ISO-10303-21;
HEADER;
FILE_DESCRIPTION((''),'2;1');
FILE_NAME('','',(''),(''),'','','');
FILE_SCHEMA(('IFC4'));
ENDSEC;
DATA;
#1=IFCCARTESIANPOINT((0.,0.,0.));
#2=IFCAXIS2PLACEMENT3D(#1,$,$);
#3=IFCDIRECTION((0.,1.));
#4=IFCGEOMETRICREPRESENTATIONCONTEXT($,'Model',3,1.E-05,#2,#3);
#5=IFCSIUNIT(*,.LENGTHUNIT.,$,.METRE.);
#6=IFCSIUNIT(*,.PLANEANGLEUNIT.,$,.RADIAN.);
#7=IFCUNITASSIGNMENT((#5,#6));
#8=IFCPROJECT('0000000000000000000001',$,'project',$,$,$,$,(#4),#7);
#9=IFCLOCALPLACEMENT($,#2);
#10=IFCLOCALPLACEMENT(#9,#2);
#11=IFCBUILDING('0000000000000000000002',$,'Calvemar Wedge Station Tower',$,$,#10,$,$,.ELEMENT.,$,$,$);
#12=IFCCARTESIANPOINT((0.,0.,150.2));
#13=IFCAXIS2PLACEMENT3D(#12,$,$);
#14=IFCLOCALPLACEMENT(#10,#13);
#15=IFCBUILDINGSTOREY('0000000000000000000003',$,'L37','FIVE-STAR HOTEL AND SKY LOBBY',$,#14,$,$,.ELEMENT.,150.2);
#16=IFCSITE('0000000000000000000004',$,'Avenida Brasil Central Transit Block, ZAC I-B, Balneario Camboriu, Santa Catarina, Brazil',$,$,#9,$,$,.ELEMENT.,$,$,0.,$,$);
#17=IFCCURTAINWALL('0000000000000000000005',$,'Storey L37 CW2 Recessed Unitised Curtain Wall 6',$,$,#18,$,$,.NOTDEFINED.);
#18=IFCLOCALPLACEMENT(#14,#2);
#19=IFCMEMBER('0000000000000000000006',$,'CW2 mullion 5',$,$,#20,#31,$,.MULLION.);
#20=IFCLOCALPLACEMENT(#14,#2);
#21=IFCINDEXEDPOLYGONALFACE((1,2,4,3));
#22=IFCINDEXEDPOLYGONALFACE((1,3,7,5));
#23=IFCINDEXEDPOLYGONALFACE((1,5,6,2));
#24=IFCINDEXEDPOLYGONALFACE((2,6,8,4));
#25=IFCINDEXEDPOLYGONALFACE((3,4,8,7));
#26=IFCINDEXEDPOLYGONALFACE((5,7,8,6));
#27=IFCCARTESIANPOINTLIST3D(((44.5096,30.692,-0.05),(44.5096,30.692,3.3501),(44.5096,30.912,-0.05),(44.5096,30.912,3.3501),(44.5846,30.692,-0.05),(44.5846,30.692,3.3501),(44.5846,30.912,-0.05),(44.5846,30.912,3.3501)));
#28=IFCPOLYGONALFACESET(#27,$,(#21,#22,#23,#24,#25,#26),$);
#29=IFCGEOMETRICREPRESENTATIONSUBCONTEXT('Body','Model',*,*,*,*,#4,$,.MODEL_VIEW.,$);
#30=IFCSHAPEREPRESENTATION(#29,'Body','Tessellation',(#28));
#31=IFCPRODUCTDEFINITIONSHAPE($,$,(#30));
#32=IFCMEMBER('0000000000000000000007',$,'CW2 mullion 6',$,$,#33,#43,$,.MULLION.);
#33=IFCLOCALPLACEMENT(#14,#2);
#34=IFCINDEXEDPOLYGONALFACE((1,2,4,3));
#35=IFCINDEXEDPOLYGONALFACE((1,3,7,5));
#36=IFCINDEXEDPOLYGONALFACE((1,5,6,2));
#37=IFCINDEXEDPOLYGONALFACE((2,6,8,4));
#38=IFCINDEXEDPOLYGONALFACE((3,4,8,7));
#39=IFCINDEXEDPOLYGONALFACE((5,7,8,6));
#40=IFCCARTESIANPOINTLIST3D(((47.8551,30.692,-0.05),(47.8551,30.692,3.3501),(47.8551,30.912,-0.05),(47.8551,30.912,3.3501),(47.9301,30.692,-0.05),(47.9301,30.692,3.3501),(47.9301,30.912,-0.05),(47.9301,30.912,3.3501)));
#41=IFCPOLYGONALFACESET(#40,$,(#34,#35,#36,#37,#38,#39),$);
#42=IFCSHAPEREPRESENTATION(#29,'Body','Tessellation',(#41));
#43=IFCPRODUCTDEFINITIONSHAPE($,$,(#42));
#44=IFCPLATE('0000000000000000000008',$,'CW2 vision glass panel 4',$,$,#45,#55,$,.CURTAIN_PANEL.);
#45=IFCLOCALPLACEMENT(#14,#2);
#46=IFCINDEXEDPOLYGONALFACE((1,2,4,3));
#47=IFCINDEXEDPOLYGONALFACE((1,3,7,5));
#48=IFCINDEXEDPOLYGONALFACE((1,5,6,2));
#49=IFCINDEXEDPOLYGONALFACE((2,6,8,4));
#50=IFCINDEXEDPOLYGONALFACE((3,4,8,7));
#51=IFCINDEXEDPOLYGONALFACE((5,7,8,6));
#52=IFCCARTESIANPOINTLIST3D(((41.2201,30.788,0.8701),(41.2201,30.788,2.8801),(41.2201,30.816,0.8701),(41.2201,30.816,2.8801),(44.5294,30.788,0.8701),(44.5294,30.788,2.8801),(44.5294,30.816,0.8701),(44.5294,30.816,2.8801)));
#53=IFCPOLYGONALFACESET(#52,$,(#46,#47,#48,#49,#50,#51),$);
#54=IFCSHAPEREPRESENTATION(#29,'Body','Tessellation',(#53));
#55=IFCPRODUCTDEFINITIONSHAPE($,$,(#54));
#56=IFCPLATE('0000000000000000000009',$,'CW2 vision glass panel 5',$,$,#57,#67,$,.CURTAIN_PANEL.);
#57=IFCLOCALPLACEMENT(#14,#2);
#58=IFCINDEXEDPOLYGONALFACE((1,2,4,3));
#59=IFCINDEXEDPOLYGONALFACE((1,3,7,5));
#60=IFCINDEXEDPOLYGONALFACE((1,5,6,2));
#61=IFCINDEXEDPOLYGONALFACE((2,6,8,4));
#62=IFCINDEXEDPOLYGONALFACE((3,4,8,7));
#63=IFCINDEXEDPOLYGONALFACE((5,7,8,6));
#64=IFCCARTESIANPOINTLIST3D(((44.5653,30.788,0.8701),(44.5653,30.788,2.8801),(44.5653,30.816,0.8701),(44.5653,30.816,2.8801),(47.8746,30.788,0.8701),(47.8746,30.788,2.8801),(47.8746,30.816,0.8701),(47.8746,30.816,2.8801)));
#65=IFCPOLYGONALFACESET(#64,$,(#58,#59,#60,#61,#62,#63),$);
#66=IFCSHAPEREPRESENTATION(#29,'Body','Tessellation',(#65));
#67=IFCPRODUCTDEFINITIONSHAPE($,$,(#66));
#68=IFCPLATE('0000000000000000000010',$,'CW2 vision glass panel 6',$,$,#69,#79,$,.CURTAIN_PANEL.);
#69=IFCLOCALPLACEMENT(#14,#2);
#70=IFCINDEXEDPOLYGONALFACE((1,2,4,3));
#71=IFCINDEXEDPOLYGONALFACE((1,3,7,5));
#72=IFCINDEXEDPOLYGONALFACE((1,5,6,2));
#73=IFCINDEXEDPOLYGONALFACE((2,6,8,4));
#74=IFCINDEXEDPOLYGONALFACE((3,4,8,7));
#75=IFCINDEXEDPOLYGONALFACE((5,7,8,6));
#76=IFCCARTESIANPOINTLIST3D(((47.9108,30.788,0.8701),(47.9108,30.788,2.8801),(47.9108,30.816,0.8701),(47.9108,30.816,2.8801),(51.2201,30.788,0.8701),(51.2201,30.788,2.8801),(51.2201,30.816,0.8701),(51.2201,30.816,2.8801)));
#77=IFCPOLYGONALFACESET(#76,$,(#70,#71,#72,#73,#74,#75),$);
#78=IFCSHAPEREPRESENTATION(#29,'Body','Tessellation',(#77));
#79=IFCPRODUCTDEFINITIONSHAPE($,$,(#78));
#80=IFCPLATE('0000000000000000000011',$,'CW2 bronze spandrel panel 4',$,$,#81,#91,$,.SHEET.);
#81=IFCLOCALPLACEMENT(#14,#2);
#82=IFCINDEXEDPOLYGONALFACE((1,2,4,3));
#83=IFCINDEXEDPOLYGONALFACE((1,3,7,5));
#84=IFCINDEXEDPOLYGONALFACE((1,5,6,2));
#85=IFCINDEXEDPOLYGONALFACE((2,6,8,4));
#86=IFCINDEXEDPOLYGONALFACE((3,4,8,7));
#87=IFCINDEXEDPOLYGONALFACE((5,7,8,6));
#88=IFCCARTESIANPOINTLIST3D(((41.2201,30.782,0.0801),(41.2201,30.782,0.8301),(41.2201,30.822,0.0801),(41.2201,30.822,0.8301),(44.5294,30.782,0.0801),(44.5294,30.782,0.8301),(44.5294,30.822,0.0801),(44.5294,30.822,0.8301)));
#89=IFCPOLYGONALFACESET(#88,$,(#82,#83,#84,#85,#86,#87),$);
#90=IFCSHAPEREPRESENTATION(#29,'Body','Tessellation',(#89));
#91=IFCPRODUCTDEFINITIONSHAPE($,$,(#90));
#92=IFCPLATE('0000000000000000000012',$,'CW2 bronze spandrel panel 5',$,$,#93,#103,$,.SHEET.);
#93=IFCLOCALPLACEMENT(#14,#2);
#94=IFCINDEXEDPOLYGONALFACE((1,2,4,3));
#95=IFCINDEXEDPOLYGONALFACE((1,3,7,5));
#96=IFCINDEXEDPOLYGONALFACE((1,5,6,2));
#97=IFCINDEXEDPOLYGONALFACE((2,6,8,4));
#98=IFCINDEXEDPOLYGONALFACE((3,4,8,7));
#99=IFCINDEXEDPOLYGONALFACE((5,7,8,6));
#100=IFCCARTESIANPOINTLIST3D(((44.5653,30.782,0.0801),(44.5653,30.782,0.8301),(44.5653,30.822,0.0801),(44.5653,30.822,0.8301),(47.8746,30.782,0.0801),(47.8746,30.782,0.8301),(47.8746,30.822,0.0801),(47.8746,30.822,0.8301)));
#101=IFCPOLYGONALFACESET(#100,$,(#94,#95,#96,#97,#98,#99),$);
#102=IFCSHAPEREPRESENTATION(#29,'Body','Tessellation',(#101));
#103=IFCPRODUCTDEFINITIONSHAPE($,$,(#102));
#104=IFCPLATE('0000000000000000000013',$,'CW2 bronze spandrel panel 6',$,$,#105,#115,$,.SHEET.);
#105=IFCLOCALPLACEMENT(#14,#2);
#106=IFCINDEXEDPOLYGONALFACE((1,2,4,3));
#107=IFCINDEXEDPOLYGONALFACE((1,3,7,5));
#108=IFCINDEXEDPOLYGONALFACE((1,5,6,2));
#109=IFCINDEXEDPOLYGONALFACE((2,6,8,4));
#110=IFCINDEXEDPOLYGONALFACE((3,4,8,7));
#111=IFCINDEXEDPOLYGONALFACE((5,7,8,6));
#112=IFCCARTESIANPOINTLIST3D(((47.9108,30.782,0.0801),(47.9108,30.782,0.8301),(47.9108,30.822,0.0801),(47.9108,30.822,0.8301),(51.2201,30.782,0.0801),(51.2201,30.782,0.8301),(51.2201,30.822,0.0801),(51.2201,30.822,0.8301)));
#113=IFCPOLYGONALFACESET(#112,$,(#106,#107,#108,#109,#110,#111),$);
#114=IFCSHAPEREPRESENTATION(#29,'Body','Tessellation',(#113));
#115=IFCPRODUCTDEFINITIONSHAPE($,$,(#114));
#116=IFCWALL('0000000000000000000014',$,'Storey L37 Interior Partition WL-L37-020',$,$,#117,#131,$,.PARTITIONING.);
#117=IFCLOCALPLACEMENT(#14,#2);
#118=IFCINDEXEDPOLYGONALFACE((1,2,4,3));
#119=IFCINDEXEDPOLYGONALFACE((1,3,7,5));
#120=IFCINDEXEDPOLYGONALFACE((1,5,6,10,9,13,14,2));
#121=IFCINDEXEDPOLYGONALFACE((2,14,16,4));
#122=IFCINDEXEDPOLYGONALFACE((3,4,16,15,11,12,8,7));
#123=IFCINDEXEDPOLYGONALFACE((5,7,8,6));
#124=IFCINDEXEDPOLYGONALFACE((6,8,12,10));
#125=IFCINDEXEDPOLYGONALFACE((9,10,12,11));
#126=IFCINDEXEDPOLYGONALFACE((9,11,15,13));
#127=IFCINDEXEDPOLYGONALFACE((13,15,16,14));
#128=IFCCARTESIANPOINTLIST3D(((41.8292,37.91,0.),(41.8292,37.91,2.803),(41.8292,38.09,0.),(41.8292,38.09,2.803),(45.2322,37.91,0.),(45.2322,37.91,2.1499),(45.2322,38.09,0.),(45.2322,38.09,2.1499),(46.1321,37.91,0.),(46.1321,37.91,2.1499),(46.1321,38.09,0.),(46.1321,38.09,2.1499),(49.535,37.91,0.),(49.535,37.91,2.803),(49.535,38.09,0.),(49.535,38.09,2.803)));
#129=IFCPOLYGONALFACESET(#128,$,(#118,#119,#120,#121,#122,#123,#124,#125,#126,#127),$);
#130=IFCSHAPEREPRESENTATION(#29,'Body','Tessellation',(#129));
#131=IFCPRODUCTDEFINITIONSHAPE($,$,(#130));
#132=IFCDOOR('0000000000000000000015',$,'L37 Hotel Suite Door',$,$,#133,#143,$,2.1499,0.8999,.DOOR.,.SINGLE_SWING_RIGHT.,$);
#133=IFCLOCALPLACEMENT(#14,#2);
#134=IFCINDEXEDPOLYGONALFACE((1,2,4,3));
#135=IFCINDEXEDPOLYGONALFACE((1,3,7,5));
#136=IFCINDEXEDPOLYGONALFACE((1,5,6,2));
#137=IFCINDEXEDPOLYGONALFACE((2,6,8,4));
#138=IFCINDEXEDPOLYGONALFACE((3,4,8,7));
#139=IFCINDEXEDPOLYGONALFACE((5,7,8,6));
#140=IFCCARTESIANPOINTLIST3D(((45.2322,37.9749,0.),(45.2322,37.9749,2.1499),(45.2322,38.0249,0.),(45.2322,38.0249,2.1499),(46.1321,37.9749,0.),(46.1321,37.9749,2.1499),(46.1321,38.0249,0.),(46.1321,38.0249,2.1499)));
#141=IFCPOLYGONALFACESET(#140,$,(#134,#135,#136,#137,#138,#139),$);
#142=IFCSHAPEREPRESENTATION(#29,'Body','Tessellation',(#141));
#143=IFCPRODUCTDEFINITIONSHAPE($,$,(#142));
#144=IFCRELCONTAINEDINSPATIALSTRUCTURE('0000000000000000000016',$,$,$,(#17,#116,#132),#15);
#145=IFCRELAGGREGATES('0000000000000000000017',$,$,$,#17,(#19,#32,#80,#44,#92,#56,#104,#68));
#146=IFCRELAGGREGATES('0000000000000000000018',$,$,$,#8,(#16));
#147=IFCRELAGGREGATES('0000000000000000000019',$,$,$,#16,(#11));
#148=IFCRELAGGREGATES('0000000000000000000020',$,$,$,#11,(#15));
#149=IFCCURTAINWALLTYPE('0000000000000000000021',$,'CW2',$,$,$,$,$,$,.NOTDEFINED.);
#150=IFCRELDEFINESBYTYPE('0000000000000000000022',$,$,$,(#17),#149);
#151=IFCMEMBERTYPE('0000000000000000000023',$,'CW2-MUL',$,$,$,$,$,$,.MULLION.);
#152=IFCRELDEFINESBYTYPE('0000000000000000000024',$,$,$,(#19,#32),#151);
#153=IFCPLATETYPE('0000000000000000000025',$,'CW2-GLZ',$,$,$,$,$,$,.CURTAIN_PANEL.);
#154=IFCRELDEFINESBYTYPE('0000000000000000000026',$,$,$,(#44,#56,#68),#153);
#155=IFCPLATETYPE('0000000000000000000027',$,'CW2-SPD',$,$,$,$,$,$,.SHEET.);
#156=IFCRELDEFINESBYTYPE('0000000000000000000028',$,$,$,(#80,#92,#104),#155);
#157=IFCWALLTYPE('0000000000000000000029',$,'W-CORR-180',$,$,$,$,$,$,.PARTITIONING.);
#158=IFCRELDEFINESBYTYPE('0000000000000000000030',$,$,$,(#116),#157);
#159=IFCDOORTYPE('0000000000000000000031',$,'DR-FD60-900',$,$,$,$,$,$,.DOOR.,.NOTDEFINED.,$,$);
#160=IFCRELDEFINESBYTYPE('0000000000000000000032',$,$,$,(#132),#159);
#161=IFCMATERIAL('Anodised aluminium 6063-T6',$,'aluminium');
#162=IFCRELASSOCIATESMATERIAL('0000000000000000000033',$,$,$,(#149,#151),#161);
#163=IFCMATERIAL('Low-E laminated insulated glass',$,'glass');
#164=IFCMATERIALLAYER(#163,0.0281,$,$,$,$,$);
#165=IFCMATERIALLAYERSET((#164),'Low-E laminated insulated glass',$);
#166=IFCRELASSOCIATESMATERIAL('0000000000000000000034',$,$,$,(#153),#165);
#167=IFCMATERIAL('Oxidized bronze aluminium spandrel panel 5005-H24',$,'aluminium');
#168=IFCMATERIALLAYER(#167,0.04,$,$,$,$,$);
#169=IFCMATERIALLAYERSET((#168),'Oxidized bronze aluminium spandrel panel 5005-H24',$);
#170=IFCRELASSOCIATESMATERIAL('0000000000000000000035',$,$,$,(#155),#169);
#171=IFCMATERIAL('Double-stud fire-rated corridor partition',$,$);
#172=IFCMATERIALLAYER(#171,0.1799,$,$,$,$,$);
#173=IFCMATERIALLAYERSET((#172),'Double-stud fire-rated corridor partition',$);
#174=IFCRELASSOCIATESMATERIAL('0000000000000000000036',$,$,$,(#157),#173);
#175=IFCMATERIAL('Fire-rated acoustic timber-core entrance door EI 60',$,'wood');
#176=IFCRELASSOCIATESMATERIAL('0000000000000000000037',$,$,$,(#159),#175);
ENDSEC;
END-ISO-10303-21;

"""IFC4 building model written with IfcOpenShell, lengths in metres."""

from ifc_helpers import new_model, si_unit, direction, frame, frame_2d, origin, origin_2d, place, context, subcontext, project, spatial, rectangle, extrude, source, transform, mapped, material, layer, layer_set, material_profile, profile_set, type_object, element, fill, aggregate, save


model = new_model("IFC4")

# Units and contexts
model_context = context("Model", 3, precision=1e-05, world=origin(), true_north=direction((0.0, 1.0)))
body_context = subcontext(model_context, "Body", "Model", "MODEL_VIEW")
ifc_project = project(units=[si_unit("LENGTHUNIT", "METRE"), si_unit("PLANEANGLEUNIT", "RADIAN")], contexts=[model_context])

# Site, building, storey
site_placement = place(None, origin())
site = spatial("IfcSite", under=ifc_project, at=site_placement, Name="Avenida Brasil Central Transit Block, ZAC I-B, Balneario Camboriu, Santa Catarina, Brazil", CompositionType="ELEMENT", RefElevation=0.0)
building_placement = place(site_placement, origin())
building = spatial("IfcBuilding", under=site, at=building_placement, Name="Calvemar Wedge Station Tower", CompositionType="ELEMENT")
storey_placement = place(building_placement, frame((0.0, 0.0, 150.2)))
storey = spatial("IfcBuildingStorey", under=building, at=storey_placement, Name="L37", Description="FIVE-STAR HOTEL AND SKY LOBBY", CompositionType="ELEMENT", Elevation=150.2)

# Curtain wall, members, plates
ifc_material_1 = material(Name="Anodised aluminium 6063-T6", Category="aluminium")
curtain_wall_type = type_object("IfcCurtainWallType", Name="CW2", PredefinedType="NOTDEFINED", material=ifc_material_1)
curtain_wall_placement = place(storey_placement, origin())
curtain_wall = element("IfcCurtainWall", 1, at=curtain_wall_placement, inside=storey, type_object=curtain_wall_type, Name="Storey L37 CW2 Recessed Unitised Curtain Wall 6", PredefinedType="NOTDEFINED")
ifc_material_profile_1 = material_profile(ifc_material_1, rectangle(XDim=0.075, YDim=0.22, at=origin_2d()), Name="AL-MUL-75x220")
ifc_profile_set_1 = profile_set([ifc_material_profile_1], Name="Anodised aluminium 6063-T6")
member_type = type_object("IfcMemberType", Name="CW2-MUL", PredefinedType="MULLION", material=ifc_profile_set_1)
shared_shape_1 = source(origin(), body_context, "Body", "SweptSolid", [
    extrude(rectangle(XDim=0.075, YDim=0.22, at=origin_2d()), origin(), (0.0, 0.0, 1.0), 3.4001),
])
member_1_placement = place(storey_placement, frame((44.5471, 30.802, -0.05), z_axis=(0.0, 0.0, 1.0), x_axis=(1.0, 0.0, 0.0)))
member_1 = element("IfcMember", 2, at=member_1_placement, type_object=member_type, Name="CW2 mullion 5", PredefinedType="MULLION", context=body_context, shape_type="MappedRepresentation", body=[
    mapped(shared_shape_1, transform((0.0, 0.0, 0.0), scale=1.0)),
])
member_2_placement = place(storey_placement, frame((47.8926, 30.802, -0.05), z_axis=(0.0, 0.0, 1.0), x_axis=(1.0, 0.0, 0.0)))
member_2 = element("IfcMember", 3, at=member_2_placement, type_object=member_type, Name="CW2 mullion 6", PredefinedType="MULLION", context=body_context, shape_type="MappedRepresentation", body=[
    mapped(shared_shape_1, transform((0.0, 0.0, 0.0), scale=1.0)),
])
ifc_material_2 = material(Name="Low-E laminated insulated glass", Category="glass")
ifc_layer_1 = layer(ifc_material_2, 0.0281)
ifc_layer_set_1 = layer_set([ifc_layer_1], Name="Low-E laminated insulated glass")
plate_type_1 = type_object("IfcPlateType", Name="CW2-GLZ", PredefinedType="CURTAIN_PANEL", material=ifc_layer_set_1)
plate_1_placement = place(storey_placement, frame((41.22, 30.802, 0.8701), z_axis=(0.0, 0.0, 1.0), x_axis=(1.0, 0.0, 0.0)))
plate_1 = element("IfcPlate", 4, at=plate_1_placement, type_object=plate_type_1, Name="CW2 vision glass panel 4", PredefinedType="CURTAIN_PANEL", context=body_context, shape_type="SweptSolid", body=[
    extrude(rectangle(XDim=3.3093, YDim=0.0281, at=frame_2d((1.6548, 0.0))), origin(), (0.0, 0.0, 1.0), 2.01),
])
plate_2_placement = place(storey_placement, frame((44.5652, 30.802, 0.8701), z_axis=(0.0, 0.0, 1.0), x_axis=(1.0, 0.0, 0.0)))
plate_2 = element("IfcPlate", 5, at=plate_2_placement, type_object=plate_type_1, Name="CW2 vision glass panel 5", PredefinedType="CURTAIN_PANEL", context=body_context, shape_type="SweptSolid", body=[
    extrude(rectangle(XDim=3.3093, YDim=0.0281, at=frame_2d((1.6548, 0.0))), origin(), (0.0, 0.0, 1.0), 2.01),
])
plate_3_placement = place(storey_placement, frame((47.9106, 30.802, 0.8701), z_axis=(0.0, 0.0, 1.0), x_axis=(1.0, 0.0, 0.0)))
plate_3 = element("IfcPlate", 6, at=plate_3_placement, type_object=plate_type_1, Name="CW2 vision glass panel 6", PredefinedType="CURTAIN_PANEL", context=body_context, shape_type="SweptSolid", body=[
    extrude(rectangle(XDim=3.3093, YDim=0.0281, at=frame_2d((1.6548, 0.0))), origin(), (0.0, 0.0, 1.0), 2.01),
])
ifc_material_3 = material(Name="Oxidized bronze aluminium spandrel panel 5005-H24", Category="aluminium")
ifc_layer_2 = layer(ifc_material_3, 0.04)
ifc_layer_set_2 = layer_set([ifc_layer_2], Name="Oxidized bronze aluminium spandrel panel 5005-H24")
plate_type_2 = type_object("IfcPlateType", Name="CW2-SPD", PredefinedType="SHEET", material=ifc_layer_set_2)
plate_4_placement = place(storey_placement, frame((41.22, 30.802, 0.0801), z_axis=(0.0, 0.0, 1.0), x_axis=(1.0, 0.0, 0.0)))
plate_4 = element("IfcPlate", 7, at=plate_4_placement, type_object=plate_type_2, Name="CW2 bronze spandrel panel 4", PredefinedType="SHEET", context=body_context, shape_type="SweptSolid", body=[
    extrude(rectangle(XDim=3.3093, YDim=0.04, at=frame_2d((1.6548, 0.0))), origin(), (0.0, 0.0, 1.0), 0.75),
])
plate_5_placement = place(storey_placement, frame((44.5652, 30.802, 0.0801), z_axis=(0.0, 0.0, 1.0), x_axis=(1.0, 0.0, 0.0)))
plate_5 = element("IfcPlate", 8, at=plate_5_placement, type_object=plate_type_2, Name="CW2 bronze spandrel panel 5", PredefinedType="SHEET", context=body_context, shape_type="SweptSolid", body=[
    extrude(rectangle(XDim=3.3093, YDim=0.04, at=frame_2d((1.6548, 0.0))), origin(), (0.0, 0.0, 1.0), 0.75),
])
plate_6_placement = place(storey_placement, frame((47.9106, 30.802, 0.0801), z_axis=(0.0, 0.0, 1.0), x_axis=(1.0, 0.0, 0.0)))
plate_6 = element("IfcPlate", 9, at=plate_6_placement, type_object=plate_type_2, Name="CW2 bronze spandrel panel 6", PredefinedType="SHEET", context=body_context, shape_type="SweptSolid", body=[
    extrude(rectangle(XDim=3.3093, YDim=0.04, at=frame_2d((1.6548, 0.0))), origin(), (0.0, 0.0, 1.0), 0.75),
])
aggregate(curtain_wall, [member_1, member_2, plate_4, plate_1, plate_5, plate_2, plate_6, plate_3])

# Wall, opening, door
ifc_material_4 = material(Name="Double-stud fire-rated corridor partition")
ifc_layer_3 = layer(ifc_material_4, 0.1799)
ifc_layer_set_3 = layer_set([ifc_layer_3], Name="Double-stud fire-rated corridor partition")
wall_type = type_object("IfcWallType", Name="W-CORR-180", PredefinedType="PARTITIONING", material=ifc_layer_set_3)
wall_placement = place(storey_placement, frame((41.8291, 38.0, 0.0), z_axis=(0.0, 0.0, 1.0), x_axis=(1.0, 0.0, 0.0)))
wall = element("IfcWall", 10, at=wall_placement, inside=storey, type_object=wall_type, Name="Storey L37 Interior Partition WL-L37-020", PredefinedType="PARTITIONING", context=body_context, shape_type="SweptSolid", body=[
    extrude(rectangle(XDim=7.7058, YDim=0.1799, at=frame_2d((3.853, 0.0))), origin(), (0.0, 0.0, 1.0), 2.803),
])
shared_shape_2 = source(origin(), body_context, "Body", "SweptSolid", [
    extrude(rectangle(XDim=0.8999, YDim=2.1499, at=frame_2d((0.45, 1.075))), frame((0.0, 0.1001, 0.0), z_axis=(0.0, -1.0, 0.0), x_axis=(1.0, 0.0, 0.0)), (0.0, 0.0, 1.0), 0.2),
])
opening_placement = place(wall_placement, frame((3.4031, 0.0, 0.0)))
opening = element("IfcOpeningElement", 11, at=opening_placement, cuts=wall, PredefinedType="OPENING", context=body_context, shape_type="MappedRepresentation", body=[
    mapped(shared_shape_2, transform((0.0, 0.0, 0.0), scale=1.0)),
])
ifc_material_5 = material(Name="Fire-rated acoustic timber-core entrance door EI 60", Category="wood")
door_type = type_object("IfcDoorType", Name="DR-FD60-900", OperationType="NOTDEFINED", PredefinedType="DOOR", material=ifc_material_5)
shared_shape_3 = source(origin(), body_context, "Body", "SweptSolid", [
    extrude(rectangle(XDim=0.8999, YDim=2.1499, at=frame_2d((0.45, 1.075))), frame((0.0, 0.0249, 0.0), z_axis=(0.0, -1.0, 0.0), x_axis=(1.0, 0.0, 0.0)), (0.0, 0.0, 1.0), 0.05),
])
door_placement = place(opening_placement, origin())
door = element("IfcDoor", 12, at=door_placement, inside=storey, type_object=door_type, Name="L37 Hotel Suite Door", OperationType="SINGLE_SWING_RIGHT", OverallHeight=2.1499, OverallWidth=0.8999, PredefinedType="DOOR", context=body_context, shape_type="MappedRepresentation", body=[
    mapped(shared_shape_3, transform((0.0, 0.0, 0.0), scale=1.0)),
])
fill(opening, door)

save(model, "model.ifc")
